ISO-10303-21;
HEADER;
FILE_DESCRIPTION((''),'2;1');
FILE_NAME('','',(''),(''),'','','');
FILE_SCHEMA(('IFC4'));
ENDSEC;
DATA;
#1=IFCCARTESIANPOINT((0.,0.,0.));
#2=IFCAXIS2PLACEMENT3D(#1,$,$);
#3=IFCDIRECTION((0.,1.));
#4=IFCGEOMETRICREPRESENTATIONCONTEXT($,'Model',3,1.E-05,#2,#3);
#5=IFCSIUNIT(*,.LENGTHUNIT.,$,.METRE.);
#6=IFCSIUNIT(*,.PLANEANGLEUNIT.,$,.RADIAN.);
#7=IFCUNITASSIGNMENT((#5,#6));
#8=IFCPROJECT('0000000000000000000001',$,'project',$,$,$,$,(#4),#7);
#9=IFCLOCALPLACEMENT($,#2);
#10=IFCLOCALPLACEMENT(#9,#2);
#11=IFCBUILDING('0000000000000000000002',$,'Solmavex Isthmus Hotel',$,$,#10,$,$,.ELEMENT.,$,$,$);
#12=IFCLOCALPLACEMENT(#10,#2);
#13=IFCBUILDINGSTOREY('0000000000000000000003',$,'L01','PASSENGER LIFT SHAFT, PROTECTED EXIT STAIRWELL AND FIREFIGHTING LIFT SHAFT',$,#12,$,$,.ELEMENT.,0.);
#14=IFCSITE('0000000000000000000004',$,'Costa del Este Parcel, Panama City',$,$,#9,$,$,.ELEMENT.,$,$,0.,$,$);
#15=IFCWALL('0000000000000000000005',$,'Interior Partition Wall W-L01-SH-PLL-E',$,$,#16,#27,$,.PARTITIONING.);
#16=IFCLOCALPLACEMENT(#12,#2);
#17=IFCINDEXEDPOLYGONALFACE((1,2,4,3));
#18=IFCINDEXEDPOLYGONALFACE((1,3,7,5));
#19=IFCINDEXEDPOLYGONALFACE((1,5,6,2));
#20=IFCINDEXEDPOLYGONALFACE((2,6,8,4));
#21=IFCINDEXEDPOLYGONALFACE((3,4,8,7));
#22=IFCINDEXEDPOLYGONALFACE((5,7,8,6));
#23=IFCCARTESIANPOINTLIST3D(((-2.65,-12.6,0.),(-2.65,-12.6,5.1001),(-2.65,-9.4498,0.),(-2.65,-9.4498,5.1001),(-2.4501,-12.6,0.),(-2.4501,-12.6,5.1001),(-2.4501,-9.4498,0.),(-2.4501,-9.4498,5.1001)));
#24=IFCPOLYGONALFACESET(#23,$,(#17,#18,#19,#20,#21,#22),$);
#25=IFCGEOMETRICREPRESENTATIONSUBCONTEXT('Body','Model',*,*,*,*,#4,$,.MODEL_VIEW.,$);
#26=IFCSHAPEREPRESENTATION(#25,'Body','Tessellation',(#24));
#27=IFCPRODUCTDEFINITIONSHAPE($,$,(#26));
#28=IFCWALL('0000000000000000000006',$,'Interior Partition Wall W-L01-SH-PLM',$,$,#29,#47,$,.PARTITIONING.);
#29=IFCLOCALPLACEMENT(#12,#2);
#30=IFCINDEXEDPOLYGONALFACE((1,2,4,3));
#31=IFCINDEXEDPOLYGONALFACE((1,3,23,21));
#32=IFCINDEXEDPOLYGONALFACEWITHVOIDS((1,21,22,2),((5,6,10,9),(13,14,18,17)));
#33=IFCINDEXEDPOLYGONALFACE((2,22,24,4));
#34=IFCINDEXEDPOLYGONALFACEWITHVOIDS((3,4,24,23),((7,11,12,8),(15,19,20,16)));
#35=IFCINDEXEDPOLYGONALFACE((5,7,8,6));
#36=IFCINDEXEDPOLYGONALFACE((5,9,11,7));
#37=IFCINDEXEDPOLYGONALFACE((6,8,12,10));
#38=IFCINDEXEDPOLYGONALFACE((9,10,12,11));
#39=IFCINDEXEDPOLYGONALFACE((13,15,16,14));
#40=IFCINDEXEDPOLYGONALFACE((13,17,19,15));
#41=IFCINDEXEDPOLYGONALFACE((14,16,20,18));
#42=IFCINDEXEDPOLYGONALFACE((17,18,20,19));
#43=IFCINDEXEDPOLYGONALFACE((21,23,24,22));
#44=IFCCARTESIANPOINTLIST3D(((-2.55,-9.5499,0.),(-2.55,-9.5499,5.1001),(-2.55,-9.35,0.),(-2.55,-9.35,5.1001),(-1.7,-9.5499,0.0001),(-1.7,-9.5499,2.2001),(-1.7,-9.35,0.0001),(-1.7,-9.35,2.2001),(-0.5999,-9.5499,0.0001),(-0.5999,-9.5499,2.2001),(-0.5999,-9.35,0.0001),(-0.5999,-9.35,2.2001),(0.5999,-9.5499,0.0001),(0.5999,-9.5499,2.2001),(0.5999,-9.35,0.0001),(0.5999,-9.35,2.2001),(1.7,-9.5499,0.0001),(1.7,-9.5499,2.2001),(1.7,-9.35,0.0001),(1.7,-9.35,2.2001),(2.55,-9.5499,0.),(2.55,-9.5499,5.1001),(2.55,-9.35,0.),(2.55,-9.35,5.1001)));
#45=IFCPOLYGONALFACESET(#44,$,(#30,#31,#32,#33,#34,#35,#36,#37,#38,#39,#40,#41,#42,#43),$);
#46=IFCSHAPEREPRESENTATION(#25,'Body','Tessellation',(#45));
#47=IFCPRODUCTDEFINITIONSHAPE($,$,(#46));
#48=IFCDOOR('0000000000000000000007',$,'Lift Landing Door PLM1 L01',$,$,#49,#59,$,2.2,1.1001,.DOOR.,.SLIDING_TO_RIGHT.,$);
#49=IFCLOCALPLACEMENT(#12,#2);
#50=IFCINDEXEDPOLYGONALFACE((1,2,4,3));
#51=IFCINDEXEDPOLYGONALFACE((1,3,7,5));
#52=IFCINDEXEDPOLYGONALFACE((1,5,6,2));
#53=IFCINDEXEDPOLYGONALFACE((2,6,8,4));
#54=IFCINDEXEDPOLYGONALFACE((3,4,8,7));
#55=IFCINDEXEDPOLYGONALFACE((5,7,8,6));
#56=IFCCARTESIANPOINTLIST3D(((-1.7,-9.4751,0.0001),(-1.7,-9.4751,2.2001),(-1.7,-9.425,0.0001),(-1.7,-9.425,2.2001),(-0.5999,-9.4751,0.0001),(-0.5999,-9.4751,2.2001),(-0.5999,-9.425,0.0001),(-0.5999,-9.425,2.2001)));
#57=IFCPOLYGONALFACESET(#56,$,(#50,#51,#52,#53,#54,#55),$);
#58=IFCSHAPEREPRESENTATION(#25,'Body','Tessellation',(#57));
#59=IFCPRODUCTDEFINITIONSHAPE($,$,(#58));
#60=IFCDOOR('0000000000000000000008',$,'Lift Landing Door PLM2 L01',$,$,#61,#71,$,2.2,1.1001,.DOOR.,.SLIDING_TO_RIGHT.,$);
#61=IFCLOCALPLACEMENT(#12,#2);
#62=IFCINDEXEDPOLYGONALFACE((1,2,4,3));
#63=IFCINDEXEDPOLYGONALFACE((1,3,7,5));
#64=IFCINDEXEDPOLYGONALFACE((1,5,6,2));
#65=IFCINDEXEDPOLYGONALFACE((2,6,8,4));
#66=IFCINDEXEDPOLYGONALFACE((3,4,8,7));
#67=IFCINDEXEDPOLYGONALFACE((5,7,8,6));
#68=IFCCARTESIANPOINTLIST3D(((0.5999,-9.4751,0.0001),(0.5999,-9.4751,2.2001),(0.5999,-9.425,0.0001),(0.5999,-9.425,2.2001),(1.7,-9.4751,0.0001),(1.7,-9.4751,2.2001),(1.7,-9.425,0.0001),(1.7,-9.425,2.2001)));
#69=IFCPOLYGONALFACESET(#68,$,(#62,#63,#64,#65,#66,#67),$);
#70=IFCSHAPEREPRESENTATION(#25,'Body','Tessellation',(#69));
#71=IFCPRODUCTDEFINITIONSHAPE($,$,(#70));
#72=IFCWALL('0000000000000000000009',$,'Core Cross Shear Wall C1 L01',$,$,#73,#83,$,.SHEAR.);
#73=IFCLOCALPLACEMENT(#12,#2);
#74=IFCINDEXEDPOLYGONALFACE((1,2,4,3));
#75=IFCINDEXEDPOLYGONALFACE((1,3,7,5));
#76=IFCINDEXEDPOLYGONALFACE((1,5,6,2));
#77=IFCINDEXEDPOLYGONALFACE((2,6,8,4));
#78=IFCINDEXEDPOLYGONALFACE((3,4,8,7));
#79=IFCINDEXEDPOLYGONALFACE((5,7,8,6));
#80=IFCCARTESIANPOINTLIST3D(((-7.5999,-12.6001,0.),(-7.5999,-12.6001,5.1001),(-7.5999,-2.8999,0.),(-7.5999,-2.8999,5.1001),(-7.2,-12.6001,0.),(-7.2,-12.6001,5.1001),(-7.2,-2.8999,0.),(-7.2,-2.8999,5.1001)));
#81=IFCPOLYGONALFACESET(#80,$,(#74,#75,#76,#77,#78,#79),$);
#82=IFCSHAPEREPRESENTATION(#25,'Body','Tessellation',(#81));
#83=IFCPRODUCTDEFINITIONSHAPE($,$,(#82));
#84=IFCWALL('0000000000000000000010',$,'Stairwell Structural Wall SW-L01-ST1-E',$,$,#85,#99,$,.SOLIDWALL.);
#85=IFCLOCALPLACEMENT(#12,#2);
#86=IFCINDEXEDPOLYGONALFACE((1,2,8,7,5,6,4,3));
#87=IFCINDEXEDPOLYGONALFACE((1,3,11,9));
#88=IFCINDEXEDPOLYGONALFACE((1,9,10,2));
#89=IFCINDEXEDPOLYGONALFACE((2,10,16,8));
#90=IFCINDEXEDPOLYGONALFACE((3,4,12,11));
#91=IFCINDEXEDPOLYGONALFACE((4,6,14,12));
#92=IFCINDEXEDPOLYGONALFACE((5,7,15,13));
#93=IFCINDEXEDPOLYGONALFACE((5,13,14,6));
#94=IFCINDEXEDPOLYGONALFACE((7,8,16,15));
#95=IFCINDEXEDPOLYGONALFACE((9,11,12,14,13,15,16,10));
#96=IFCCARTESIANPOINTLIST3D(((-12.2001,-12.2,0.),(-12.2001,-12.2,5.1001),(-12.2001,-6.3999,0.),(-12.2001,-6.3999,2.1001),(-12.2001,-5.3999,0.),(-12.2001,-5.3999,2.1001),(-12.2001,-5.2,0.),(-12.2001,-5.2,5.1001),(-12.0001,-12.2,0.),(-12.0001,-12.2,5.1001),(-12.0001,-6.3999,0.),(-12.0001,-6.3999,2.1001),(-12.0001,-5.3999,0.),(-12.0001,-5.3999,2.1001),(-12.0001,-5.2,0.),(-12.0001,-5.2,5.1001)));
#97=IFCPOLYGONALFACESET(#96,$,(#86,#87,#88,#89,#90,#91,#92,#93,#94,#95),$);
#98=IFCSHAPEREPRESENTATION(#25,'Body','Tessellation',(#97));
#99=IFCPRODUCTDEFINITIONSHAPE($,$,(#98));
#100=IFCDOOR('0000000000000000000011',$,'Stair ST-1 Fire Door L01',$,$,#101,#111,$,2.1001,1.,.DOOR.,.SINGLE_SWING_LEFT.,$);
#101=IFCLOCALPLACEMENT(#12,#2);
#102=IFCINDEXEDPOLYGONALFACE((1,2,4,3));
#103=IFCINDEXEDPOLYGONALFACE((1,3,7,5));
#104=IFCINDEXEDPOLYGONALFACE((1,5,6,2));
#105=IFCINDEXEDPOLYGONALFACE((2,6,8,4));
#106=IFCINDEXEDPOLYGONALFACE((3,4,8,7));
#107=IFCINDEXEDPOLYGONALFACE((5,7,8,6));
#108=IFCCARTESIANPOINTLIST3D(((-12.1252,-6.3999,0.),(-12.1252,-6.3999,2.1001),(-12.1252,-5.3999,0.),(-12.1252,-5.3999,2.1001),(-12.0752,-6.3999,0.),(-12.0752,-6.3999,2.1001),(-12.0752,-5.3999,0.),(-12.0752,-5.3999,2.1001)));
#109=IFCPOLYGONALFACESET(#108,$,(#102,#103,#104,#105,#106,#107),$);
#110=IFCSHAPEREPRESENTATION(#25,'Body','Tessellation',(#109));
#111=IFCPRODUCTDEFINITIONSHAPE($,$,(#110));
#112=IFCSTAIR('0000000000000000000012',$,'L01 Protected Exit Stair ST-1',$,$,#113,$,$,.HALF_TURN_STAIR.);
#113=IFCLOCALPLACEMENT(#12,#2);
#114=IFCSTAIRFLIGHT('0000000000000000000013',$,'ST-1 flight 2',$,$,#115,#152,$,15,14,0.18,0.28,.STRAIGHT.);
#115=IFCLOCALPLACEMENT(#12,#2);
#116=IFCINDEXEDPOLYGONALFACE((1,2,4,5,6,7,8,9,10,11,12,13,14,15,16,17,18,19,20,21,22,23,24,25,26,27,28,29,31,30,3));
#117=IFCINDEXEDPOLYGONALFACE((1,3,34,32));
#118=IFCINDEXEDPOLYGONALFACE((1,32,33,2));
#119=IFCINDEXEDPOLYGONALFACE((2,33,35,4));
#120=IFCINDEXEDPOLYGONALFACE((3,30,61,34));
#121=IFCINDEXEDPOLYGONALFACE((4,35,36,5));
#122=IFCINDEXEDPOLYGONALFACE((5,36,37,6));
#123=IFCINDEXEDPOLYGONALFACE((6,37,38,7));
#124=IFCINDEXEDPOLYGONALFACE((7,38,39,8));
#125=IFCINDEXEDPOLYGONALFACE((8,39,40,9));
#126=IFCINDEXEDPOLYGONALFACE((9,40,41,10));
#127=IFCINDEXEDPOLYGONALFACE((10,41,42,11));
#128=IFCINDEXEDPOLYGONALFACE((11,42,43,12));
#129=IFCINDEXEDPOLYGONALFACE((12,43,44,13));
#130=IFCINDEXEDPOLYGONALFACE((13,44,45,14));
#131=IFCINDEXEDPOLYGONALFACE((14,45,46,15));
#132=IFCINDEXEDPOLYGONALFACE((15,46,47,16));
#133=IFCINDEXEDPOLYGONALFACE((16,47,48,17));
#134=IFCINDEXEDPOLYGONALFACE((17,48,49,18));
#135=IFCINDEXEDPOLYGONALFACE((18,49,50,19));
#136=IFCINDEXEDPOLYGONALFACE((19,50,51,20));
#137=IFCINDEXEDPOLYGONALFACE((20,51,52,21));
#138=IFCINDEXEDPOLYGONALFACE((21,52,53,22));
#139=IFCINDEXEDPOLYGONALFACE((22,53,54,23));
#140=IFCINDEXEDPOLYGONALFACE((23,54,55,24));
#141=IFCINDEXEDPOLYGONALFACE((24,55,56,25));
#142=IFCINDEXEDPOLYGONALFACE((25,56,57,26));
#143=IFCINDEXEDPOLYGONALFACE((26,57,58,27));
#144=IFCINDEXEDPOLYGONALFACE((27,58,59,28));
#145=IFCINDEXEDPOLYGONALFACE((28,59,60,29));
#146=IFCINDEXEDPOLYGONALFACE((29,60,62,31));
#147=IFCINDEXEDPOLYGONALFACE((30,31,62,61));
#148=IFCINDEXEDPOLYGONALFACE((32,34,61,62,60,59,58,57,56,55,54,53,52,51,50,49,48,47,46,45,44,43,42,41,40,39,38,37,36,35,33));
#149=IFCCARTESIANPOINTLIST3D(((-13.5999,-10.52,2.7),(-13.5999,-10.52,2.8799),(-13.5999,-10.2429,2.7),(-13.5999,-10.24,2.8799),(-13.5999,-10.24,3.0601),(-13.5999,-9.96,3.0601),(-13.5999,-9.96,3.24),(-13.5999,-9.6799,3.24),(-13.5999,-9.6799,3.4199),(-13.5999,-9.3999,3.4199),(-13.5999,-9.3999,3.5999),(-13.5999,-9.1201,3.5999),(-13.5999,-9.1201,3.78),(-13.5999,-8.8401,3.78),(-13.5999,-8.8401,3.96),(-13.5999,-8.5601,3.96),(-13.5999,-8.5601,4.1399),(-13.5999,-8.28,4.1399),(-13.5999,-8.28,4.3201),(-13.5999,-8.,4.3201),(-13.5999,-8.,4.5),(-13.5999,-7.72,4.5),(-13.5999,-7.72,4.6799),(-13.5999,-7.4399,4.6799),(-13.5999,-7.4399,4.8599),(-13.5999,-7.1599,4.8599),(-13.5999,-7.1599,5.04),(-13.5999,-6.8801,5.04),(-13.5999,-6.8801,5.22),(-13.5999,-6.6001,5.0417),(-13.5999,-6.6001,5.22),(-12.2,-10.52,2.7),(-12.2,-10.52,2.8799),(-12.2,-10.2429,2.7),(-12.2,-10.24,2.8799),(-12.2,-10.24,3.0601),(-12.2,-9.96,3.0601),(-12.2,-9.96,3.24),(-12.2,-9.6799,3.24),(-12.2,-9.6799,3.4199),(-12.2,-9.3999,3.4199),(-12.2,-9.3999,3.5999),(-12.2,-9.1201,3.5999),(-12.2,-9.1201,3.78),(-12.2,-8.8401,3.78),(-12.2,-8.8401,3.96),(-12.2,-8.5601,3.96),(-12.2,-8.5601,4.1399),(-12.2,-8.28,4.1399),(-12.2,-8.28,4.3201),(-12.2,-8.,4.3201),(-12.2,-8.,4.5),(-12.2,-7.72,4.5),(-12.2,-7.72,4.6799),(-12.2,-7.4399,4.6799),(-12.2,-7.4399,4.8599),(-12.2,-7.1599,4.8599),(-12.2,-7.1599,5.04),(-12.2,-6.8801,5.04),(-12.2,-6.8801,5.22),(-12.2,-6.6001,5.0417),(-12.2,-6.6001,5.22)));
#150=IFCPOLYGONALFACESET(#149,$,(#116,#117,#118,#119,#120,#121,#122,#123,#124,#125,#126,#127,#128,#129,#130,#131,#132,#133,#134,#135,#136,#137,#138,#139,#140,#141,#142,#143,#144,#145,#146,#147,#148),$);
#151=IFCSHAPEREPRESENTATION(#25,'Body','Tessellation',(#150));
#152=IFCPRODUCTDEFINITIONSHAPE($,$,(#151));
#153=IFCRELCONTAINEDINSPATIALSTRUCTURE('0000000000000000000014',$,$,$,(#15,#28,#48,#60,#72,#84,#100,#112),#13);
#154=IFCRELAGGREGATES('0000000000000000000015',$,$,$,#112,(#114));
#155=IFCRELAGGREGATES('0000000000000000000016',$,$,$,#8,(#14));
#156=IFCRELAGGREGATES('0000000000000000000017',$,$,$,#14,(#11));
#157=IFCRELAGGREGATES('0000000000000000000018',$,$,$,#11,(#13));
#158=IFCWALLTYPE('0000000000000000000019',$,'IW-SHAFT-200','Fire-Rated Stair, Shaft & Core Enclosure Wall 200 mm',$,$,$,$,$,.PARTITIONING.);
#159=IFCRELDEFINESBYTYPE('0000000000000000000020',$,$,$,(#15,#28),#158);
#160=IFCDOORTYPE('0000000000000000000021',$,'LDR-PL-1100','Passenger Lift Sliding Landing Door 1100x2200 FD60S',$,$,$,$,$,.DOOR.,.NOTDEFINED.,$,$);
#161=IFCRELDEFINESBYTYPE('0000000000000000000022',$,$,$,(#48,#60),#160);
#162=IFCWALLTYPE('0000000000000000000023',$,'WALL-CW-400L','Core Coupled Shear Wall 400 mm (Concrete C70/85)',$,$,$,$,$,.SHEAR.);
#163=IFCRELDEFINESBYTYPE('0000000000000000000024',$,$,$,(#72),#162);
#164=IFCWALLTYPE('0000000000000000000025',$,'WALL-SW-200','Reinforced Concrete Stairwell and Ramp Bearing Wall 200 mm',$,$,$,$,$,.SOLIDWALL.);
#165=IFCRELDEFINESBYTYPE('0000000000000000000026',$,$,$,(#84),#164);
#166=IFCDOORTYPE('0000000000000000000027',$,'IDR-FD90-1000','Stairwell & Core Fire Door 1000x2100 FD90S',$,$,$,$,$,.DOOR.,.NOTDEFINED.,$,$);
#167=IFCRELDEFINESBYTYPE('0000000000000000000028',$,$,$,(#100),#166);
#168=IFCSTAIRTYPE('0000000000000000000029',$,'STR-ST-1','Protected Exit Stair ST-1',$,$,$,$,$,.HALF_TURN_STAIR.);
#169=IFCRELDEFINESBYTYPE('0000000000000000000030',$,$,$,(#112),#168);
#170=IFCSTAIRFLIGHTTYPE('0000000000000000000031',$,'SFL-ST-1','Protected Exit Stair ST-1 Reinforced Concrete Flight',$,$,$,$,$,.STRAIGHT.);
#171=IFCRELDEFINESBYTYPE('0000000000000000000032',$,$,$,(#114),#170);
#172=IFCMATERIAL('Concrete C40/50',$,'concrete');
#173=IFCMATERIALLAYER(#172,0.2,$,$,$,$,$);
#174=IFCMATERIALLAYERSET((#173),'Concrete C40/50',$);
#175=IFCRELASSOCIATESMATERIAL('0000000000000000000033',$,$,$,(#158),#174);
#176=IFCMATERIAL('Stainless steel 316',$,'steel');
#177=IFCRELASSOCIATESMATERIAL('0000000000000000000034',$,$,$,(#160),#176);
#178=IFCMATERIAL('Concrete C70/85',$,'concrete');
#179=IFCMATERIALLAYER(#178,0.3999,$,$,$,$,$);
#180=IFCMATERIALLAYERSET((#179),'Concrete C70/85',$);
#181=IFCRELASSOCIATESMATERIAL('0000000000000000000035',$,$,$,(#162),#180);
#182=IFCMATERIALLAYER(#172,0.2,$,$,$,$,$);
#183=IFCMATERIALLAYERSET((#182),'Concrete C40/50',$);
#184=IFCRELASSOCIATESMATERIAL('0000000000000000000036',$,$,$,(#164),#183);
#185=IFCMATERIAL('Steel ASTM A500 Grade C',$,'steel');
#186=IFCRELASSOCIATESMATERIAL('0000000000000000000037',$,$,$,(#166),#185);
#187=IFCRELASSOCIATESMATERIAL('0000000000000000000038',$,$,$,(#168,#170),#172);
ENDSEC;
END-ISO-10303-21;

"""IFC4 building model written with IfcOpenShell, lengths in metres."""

from ifc_helpers import new_model, si_unit, direction, frame, frame_2d, origin, place, context, subcontext, project, spatial, polyline, rectangle, outline, extrude, material, layer, layer_set, type_object, element, fill, aggregate, save


model = new_model("IFC4")

# Units and contexts
model_context = context("Model", 3, precision=1e-05, world=origin(), true_north=direction((0.0, 1.0)))
body_context = subcontext(model_context, "Body", "Model", "MODEL_VIEW")
ifc_project = project(units=[si_unit("LENGTHUNIT", "METRE"), si_unit("PLANEANGLEUNIT", "RADIAN")], contexts=[model_context])

# Site, building, storey
site_placement = place(None, origin())
site = spatial("IfcSite", under=ifc_project, at=site_placement, Name="Costa del Este Parcel, Panama City", CompositionType="ELEMENT", RefElevation=0.0)
building_placement = place(site_placement, origin())
building = spatial("IfcBuilding", under=site, at=building_placement, Name="Solmavex Isthmus Hotel", CompositionType="ELEMENT")
storey_placement = place(building_placement, origin())
storey = spatial("IfcBuildingStorey", under=building, at=storey_placement, Name="L01", Description="PASSENGER LIFT SHAFT, PROTECTED EXIT STAIRWELL AND FIREFIGHTING LIFT SHAFT", CompositionType="ELEMENT", Elevation=0.0)

# Shared definitions
ifc_material_1 = material(Name="Concrete C40/50", Category="concrete")

# Shared definitions
ifc_layer_1 = layer(ifc_material_1, 0.2)
ifc_layer_set_1 = layer_set([ifc_layer_1], Name="Concrete C40/50")
wall_type_1 = type_object("IfcWallType", Name="IW-SHAFT-200", Description="Fire-Rated Stair, Shaft & Core Enclosure Wall 200 mm", PredefinedType="PARTITIONING", material=ifc_layer_set_1)
ifc_material_2 = material(Name="Stainless steel 316", Category="steel")

# Shared definitions
door_type_1 = type_object("IfcDoorType", Name="LDR-PL-1100", Description="Passenger Lift Sliding Landing Door 1100x2200 FD60S", OperationType="NOTDEFINED", PredefinedType="DOOR", material=ifc_material_2)

# Wall
wall_1_placement = place(storey_placement, frame((-2.55, -12.6001, 0.0), z_axis=(0.0, 0.0, 1.0), x_axis=(0.0, 1.0, 0.0)))
element("IfcWall", 1, at=wall_1_placement, inside=storey, type_object=wall_type_1, Name="Interior Partition Wall W-L01-SH-PLL-E", PredefinedType="PARTITIONING", context=body_context, shape_type="SweptSolid", body=[
    extrude(rectangle(XDim=3.1501, YDim=0.2, at=frame_2d((1.5752, 0.0))), origin(), (0.0, 0.0, 1.0), 5.1001),
])

# Wall, openings, doors
wall_2_placement = place(storey_placement, frame((-2.55, -9.45, 0.0), z_axis=(0.0, 0.0, 1.0), x_axis=(1.0, 0.0, 0.0)))
wall_2 = element("IfcWall", 2, at=wall_2_placement, inside=storey, type_object=wall_type_1, Name="Interior Partition Wall W-L01-SH-PLM", PredefinedType="PARTITIONING", context=body_context, shape_type="SweptSolid", body=[
    extrude(rectangle(XDim=5.1001, YDim=0.2, at=frame_2d((2.55, 0.0))), origin(), (0.0, 0.0, 1.0), 5.1001),
])
opening_1_placement = place(wall_2_placement, frame((0.8501, 0.0, 0.0)))
opening_1 = element("IfcOpeningElement", 3, at=opening_1_placement, cuts=wall_2, PredefinedType="OPENING", context=body_context, shape_type="SweptSolid", body=[
    extrude(rectangle(XDim=1.1001, YDim=2.2, at=frame_2d((0.55, 1.1001))), frame((0.0, 0.1099, 0.0), z_axis=(0.0, -1.0, 0.0), x_axis=(1.0, 0.0, 0.0)), (0.0, 0.0, 1.0), 0.22),
])
opening_2_placement = place(wall_2_placement, frame((3.1499, 0.0, 0.0)))
opening_2 = element("IfcOpeningElement", 4, at=opening_2_placement, cuts=wall_2, PredefinedType="OPENING", context=body_context, shape_type="SweptSolid", body=[
    extrude(rectangle(XDim=1.1001, YDim=2.2, at=frame_2d((0.55, 1.1001))), frame((0.0, 0.1099, 0.0), z_axis=(0.0, -1.0, 0.0), x_axis=(1.0, 0.0, 0.0)), (0.0, 0.0, 1.0), 0.22),
])
door_1_placement = place(opening_1_placement, origin())
door_1 = element("IfcDoor", 5, at=door_1_placement, inside=storey, type_object=door_type_1, Name="Lift Landing Door PLM1 L01", OperationType="SLIDING_TO_RIGHT", OverallHeight=2.2, OverallWidth=1.1001, PredefinedType="DOOR", context=body_context, shape_type="SweptSolid", body=[
    extrude(rectangle(XDim=1.1001, YDim=2.2, at=frame_2d((0.55, 1.1001))), frame((0.0, 0.0249, 0.0), z_axis=(0.0, -1.0, 0.0), x_axis=(1.0, 0.0, 0.0)), (0.0, 0.0, 1.0), 0.05),
])
fill(opening_1, door_1)
door_2_placement = place(opening_2_placement, origin())
door_2 = element("IfcDoor", 6, at=door_2_placement, inside=storey, type_object=door_type_1, Name="Lift Landing Door PLM2 L01", OperationType="SLIDING_TO_RIGHT", OverallHeight=2.2, OverallWidth=1.1001, PredefinedType="DOOR", context=body_context, shape_type="SweptSolid", body=[
    extrude(rectangle(XDim=1.1001, YDim=2.2, at=frame_2d((0.55, 1.1001))), frame((0.0, 0.0249, 0.0), z_axis=(0.0, -1.0, 0.0), x_axis=(1.0, 0.0, 0.0)), (0.0, 0.0, 1.0), 0.05),
])
fill(opening_2, door_2)

# Wall
ifc_material_3 = material(Name="Concrete C70/85", Category="concrete")
ifc_layer_2 = layer(ifc_material_3, 0.3999)
ifc_layer_set_2 = layer_set([ifc_layer_2], Name="Concrete C70/85")
wall_type_2 = type_object("IfcWallType", Name="WALL-CW-400L", Description="Core Coupled Shear Wall 400 mm (Concrete C70/85)", PredefinedType="SHEAR", material=ifc_layer_set_2)
wall_3_placement = place(storey_placement, frame((-7.3999, -12.6001, 0.0), z_axis=(0.0, 0.0, 1.0), x_axis=(0.0, 1.0, 0.0)))
element("IfcWall", 7, at=wall_3_placement, inside=storey, type_object=wall_type_2, Name="Core Cross Shear Wall C1 L01", PredefinedType="SHEAR", context=body_context, shape_type="SweptSolid", body=[
    extrude(rectangle(XDim=9.7002, YDim=0.3999, at=frame_2d((4.8501, 0.0))), origin(), (0.0, 0.0, 1.0), 5.1001),
])

# Wall, opening, door
ifc_layer_3 = layer(ifc_material_1, 0.2)
ifc_layer_set_3 = layer_set([ifc_layer_3], Name="Concrete C40/50")
wall_type_3 = type_object("IfcWallType", Name="WALL-SW-200", Description="Reinforced Concrete Stairwell and Ramp Bearing Wall 200 mm", PredefinedType="SOLIDWALL", material=ifc_layer_set_3)
wall_4_placement = place(storey_placement, frame((-12.1001, -12.2, 0.0), z_axis=(0.0, 0.0, 1.0), x_axis=(0.0, 1.0, 0.0)))
wall_4 = element("IfcWall", 8, at=wall_4_placement, inside=storey, type_object=wall_type_3, Name="Stairwell Structural Wall SW-L01-ST1-E", PredefinedType="SOLIDWALL", context=body_context, shape_type="SweptSolid", body=[
    extrude(rectangle(XDim=7.0, YDim=0.2, at=frame_2d((3.5, 0.0))), origin(), (0.0, 0.0, 1.0), 5.1001),
])
opening_3_placement = place(wall_4_placement, frame((5.8, 0.0, 0.0)))
opening_3 = element("IfcOpeningElement", 9, at=opening_3_placement, cuts=wall_4, PredefinedType="OPENING", context=body_context, shape_type="SweptSolid", body=[
    extrude(rectangle(XDim=1.0, YDim=2.1001, at=frame_2d((0.5, 1.05))), frame((0.0, 0.1099, 0.0), z_axis=(0.0, -1.0, 0.0), x_axis=(1.0, 0.0, 0.0)), (0.0, 0.0, 1.0), 0.22),
])
ifc_material_4 = material(Name="Steel ASTM A500 Grade C", Category="steel")
door_type_2 = type_object("IfcDoorType", Name="IDR-FD90-1000", Description="Stairwell & Core Fire Door 1000x2100 FD90S", OperationType="NOTDEFINED", PredefinedType="DOOR", material=ifc_material_4)
door_3_placement = place(opening_3_placement, frame((1.0, 0.0, 0.0), z_axis=(0.0, 0.0, 1.0), x_axis=(-1.0, 0.0, 0.0)))
door_3 = element("IfcDoor", 10, at=door_3_placement, inside=storey, type_object=door_type_2, Name="Stair ST-1 Fire Door L01", OperationType="SINGLE_SWING_LEFT", OverallHeight=2.1001, OverallWidth=1.0, PredefinedType="DOOR", context=body_context, shape_type="SweptSolid", body=[
    extrude(rectangle(XDim=1.0, YDim=2.1001, at=frame_2d((0.5, 1.05))), frame((0.0, 0.0249, 0.0), z_axis=(0.0, -1.0, 0.0), x_axis=(1.0, 0.0, 0.0)), (0.0, 0.0, 1.0), 0.05),
])
fill(opening_3, door_3)

# Stair, stair flight
stair_type = type_object("IfcStairType", Name="STR-ST-1", Description="Protected Exit Stair ST-1", PredefinedType="HALF_TURN_STAIR", material=ifc_material_1)
stair_placement = place(storey_placement, origin())
stair = element("IfcStair", 11, at=stair_placement, inside=storey, type_object=stair_type, Name="L01 Protected Exit Stair ST-1", PredefinedType="HALF_TURN_STAIR")
stair_flight_type = type_object("IfcStairFlightType", Name="SFL-ST-1", Description="Protected Exit Stair ST-1 Reinforced Concrete Flight", PredefinedType="STRAIGHT", material=ifc_material_1)
stair_flight_placement = place(storey_placement, frame((-12.8999, -10.52, 2.7), z_axis=(0.0, 0.0, 1.0), x_axis=(0.0, 1.0, 0.0)))
stair_flight = element("IfcStairFlight", 12, at=stair_flight_placement, type_object=stair_flight_type, Name="ST-1 flight 2", NumberOfRisers=15, NumberOfTreads=14, PredefinedType="STRAIGHT", RiserHeight=0.18, TreadLength=0.28, context=body_context, shape_type="SweptSolid", body=[
    extrude(outline(polyline([(0.0, 0.0), (0.0, 0.1799), (0.28, 0.1799), (0.28, 0.3601), (0.5601, 0.3601), (0.5601, 0.54), (0.8401, 0.54), (0.8401, 0.72), (1.1201, 0.72), (1.1201, 0.8999), (1.3999, 0.8999), (1.3999, 1.0801), (1.6799, 1.0801), (1.6799, 1.26), (1.96, 1.26), (1.96, 1.4399), (2.24, 1.4399), (2.24, 1.6201), (2.52, 1.6201), (2.52, 1.8), (2.8, 1.8), (2.8, 1.98), (3.0801, 1.98), (3.0801, 2.1599), (3.3601, 2.1599), (3.3601, 2.3401), (3.6399, 2.3401), (3.6399, 2.52), (3.9199, 2.52), (3.9199, 2.7), (3.9199, 2.3418), (0.2771, 0.0), (0.0, 0.0)])), frame((0.0, 0.7, 0.0), z_axis=(0.0, -1.0, 0.0), x_axis=(1.0, 0.0, 0.0)), (0.0, 0.0, 1.0), 1.3999),
])
aggregate(stair, [stair_flight])

save(model, "model.ifc")
